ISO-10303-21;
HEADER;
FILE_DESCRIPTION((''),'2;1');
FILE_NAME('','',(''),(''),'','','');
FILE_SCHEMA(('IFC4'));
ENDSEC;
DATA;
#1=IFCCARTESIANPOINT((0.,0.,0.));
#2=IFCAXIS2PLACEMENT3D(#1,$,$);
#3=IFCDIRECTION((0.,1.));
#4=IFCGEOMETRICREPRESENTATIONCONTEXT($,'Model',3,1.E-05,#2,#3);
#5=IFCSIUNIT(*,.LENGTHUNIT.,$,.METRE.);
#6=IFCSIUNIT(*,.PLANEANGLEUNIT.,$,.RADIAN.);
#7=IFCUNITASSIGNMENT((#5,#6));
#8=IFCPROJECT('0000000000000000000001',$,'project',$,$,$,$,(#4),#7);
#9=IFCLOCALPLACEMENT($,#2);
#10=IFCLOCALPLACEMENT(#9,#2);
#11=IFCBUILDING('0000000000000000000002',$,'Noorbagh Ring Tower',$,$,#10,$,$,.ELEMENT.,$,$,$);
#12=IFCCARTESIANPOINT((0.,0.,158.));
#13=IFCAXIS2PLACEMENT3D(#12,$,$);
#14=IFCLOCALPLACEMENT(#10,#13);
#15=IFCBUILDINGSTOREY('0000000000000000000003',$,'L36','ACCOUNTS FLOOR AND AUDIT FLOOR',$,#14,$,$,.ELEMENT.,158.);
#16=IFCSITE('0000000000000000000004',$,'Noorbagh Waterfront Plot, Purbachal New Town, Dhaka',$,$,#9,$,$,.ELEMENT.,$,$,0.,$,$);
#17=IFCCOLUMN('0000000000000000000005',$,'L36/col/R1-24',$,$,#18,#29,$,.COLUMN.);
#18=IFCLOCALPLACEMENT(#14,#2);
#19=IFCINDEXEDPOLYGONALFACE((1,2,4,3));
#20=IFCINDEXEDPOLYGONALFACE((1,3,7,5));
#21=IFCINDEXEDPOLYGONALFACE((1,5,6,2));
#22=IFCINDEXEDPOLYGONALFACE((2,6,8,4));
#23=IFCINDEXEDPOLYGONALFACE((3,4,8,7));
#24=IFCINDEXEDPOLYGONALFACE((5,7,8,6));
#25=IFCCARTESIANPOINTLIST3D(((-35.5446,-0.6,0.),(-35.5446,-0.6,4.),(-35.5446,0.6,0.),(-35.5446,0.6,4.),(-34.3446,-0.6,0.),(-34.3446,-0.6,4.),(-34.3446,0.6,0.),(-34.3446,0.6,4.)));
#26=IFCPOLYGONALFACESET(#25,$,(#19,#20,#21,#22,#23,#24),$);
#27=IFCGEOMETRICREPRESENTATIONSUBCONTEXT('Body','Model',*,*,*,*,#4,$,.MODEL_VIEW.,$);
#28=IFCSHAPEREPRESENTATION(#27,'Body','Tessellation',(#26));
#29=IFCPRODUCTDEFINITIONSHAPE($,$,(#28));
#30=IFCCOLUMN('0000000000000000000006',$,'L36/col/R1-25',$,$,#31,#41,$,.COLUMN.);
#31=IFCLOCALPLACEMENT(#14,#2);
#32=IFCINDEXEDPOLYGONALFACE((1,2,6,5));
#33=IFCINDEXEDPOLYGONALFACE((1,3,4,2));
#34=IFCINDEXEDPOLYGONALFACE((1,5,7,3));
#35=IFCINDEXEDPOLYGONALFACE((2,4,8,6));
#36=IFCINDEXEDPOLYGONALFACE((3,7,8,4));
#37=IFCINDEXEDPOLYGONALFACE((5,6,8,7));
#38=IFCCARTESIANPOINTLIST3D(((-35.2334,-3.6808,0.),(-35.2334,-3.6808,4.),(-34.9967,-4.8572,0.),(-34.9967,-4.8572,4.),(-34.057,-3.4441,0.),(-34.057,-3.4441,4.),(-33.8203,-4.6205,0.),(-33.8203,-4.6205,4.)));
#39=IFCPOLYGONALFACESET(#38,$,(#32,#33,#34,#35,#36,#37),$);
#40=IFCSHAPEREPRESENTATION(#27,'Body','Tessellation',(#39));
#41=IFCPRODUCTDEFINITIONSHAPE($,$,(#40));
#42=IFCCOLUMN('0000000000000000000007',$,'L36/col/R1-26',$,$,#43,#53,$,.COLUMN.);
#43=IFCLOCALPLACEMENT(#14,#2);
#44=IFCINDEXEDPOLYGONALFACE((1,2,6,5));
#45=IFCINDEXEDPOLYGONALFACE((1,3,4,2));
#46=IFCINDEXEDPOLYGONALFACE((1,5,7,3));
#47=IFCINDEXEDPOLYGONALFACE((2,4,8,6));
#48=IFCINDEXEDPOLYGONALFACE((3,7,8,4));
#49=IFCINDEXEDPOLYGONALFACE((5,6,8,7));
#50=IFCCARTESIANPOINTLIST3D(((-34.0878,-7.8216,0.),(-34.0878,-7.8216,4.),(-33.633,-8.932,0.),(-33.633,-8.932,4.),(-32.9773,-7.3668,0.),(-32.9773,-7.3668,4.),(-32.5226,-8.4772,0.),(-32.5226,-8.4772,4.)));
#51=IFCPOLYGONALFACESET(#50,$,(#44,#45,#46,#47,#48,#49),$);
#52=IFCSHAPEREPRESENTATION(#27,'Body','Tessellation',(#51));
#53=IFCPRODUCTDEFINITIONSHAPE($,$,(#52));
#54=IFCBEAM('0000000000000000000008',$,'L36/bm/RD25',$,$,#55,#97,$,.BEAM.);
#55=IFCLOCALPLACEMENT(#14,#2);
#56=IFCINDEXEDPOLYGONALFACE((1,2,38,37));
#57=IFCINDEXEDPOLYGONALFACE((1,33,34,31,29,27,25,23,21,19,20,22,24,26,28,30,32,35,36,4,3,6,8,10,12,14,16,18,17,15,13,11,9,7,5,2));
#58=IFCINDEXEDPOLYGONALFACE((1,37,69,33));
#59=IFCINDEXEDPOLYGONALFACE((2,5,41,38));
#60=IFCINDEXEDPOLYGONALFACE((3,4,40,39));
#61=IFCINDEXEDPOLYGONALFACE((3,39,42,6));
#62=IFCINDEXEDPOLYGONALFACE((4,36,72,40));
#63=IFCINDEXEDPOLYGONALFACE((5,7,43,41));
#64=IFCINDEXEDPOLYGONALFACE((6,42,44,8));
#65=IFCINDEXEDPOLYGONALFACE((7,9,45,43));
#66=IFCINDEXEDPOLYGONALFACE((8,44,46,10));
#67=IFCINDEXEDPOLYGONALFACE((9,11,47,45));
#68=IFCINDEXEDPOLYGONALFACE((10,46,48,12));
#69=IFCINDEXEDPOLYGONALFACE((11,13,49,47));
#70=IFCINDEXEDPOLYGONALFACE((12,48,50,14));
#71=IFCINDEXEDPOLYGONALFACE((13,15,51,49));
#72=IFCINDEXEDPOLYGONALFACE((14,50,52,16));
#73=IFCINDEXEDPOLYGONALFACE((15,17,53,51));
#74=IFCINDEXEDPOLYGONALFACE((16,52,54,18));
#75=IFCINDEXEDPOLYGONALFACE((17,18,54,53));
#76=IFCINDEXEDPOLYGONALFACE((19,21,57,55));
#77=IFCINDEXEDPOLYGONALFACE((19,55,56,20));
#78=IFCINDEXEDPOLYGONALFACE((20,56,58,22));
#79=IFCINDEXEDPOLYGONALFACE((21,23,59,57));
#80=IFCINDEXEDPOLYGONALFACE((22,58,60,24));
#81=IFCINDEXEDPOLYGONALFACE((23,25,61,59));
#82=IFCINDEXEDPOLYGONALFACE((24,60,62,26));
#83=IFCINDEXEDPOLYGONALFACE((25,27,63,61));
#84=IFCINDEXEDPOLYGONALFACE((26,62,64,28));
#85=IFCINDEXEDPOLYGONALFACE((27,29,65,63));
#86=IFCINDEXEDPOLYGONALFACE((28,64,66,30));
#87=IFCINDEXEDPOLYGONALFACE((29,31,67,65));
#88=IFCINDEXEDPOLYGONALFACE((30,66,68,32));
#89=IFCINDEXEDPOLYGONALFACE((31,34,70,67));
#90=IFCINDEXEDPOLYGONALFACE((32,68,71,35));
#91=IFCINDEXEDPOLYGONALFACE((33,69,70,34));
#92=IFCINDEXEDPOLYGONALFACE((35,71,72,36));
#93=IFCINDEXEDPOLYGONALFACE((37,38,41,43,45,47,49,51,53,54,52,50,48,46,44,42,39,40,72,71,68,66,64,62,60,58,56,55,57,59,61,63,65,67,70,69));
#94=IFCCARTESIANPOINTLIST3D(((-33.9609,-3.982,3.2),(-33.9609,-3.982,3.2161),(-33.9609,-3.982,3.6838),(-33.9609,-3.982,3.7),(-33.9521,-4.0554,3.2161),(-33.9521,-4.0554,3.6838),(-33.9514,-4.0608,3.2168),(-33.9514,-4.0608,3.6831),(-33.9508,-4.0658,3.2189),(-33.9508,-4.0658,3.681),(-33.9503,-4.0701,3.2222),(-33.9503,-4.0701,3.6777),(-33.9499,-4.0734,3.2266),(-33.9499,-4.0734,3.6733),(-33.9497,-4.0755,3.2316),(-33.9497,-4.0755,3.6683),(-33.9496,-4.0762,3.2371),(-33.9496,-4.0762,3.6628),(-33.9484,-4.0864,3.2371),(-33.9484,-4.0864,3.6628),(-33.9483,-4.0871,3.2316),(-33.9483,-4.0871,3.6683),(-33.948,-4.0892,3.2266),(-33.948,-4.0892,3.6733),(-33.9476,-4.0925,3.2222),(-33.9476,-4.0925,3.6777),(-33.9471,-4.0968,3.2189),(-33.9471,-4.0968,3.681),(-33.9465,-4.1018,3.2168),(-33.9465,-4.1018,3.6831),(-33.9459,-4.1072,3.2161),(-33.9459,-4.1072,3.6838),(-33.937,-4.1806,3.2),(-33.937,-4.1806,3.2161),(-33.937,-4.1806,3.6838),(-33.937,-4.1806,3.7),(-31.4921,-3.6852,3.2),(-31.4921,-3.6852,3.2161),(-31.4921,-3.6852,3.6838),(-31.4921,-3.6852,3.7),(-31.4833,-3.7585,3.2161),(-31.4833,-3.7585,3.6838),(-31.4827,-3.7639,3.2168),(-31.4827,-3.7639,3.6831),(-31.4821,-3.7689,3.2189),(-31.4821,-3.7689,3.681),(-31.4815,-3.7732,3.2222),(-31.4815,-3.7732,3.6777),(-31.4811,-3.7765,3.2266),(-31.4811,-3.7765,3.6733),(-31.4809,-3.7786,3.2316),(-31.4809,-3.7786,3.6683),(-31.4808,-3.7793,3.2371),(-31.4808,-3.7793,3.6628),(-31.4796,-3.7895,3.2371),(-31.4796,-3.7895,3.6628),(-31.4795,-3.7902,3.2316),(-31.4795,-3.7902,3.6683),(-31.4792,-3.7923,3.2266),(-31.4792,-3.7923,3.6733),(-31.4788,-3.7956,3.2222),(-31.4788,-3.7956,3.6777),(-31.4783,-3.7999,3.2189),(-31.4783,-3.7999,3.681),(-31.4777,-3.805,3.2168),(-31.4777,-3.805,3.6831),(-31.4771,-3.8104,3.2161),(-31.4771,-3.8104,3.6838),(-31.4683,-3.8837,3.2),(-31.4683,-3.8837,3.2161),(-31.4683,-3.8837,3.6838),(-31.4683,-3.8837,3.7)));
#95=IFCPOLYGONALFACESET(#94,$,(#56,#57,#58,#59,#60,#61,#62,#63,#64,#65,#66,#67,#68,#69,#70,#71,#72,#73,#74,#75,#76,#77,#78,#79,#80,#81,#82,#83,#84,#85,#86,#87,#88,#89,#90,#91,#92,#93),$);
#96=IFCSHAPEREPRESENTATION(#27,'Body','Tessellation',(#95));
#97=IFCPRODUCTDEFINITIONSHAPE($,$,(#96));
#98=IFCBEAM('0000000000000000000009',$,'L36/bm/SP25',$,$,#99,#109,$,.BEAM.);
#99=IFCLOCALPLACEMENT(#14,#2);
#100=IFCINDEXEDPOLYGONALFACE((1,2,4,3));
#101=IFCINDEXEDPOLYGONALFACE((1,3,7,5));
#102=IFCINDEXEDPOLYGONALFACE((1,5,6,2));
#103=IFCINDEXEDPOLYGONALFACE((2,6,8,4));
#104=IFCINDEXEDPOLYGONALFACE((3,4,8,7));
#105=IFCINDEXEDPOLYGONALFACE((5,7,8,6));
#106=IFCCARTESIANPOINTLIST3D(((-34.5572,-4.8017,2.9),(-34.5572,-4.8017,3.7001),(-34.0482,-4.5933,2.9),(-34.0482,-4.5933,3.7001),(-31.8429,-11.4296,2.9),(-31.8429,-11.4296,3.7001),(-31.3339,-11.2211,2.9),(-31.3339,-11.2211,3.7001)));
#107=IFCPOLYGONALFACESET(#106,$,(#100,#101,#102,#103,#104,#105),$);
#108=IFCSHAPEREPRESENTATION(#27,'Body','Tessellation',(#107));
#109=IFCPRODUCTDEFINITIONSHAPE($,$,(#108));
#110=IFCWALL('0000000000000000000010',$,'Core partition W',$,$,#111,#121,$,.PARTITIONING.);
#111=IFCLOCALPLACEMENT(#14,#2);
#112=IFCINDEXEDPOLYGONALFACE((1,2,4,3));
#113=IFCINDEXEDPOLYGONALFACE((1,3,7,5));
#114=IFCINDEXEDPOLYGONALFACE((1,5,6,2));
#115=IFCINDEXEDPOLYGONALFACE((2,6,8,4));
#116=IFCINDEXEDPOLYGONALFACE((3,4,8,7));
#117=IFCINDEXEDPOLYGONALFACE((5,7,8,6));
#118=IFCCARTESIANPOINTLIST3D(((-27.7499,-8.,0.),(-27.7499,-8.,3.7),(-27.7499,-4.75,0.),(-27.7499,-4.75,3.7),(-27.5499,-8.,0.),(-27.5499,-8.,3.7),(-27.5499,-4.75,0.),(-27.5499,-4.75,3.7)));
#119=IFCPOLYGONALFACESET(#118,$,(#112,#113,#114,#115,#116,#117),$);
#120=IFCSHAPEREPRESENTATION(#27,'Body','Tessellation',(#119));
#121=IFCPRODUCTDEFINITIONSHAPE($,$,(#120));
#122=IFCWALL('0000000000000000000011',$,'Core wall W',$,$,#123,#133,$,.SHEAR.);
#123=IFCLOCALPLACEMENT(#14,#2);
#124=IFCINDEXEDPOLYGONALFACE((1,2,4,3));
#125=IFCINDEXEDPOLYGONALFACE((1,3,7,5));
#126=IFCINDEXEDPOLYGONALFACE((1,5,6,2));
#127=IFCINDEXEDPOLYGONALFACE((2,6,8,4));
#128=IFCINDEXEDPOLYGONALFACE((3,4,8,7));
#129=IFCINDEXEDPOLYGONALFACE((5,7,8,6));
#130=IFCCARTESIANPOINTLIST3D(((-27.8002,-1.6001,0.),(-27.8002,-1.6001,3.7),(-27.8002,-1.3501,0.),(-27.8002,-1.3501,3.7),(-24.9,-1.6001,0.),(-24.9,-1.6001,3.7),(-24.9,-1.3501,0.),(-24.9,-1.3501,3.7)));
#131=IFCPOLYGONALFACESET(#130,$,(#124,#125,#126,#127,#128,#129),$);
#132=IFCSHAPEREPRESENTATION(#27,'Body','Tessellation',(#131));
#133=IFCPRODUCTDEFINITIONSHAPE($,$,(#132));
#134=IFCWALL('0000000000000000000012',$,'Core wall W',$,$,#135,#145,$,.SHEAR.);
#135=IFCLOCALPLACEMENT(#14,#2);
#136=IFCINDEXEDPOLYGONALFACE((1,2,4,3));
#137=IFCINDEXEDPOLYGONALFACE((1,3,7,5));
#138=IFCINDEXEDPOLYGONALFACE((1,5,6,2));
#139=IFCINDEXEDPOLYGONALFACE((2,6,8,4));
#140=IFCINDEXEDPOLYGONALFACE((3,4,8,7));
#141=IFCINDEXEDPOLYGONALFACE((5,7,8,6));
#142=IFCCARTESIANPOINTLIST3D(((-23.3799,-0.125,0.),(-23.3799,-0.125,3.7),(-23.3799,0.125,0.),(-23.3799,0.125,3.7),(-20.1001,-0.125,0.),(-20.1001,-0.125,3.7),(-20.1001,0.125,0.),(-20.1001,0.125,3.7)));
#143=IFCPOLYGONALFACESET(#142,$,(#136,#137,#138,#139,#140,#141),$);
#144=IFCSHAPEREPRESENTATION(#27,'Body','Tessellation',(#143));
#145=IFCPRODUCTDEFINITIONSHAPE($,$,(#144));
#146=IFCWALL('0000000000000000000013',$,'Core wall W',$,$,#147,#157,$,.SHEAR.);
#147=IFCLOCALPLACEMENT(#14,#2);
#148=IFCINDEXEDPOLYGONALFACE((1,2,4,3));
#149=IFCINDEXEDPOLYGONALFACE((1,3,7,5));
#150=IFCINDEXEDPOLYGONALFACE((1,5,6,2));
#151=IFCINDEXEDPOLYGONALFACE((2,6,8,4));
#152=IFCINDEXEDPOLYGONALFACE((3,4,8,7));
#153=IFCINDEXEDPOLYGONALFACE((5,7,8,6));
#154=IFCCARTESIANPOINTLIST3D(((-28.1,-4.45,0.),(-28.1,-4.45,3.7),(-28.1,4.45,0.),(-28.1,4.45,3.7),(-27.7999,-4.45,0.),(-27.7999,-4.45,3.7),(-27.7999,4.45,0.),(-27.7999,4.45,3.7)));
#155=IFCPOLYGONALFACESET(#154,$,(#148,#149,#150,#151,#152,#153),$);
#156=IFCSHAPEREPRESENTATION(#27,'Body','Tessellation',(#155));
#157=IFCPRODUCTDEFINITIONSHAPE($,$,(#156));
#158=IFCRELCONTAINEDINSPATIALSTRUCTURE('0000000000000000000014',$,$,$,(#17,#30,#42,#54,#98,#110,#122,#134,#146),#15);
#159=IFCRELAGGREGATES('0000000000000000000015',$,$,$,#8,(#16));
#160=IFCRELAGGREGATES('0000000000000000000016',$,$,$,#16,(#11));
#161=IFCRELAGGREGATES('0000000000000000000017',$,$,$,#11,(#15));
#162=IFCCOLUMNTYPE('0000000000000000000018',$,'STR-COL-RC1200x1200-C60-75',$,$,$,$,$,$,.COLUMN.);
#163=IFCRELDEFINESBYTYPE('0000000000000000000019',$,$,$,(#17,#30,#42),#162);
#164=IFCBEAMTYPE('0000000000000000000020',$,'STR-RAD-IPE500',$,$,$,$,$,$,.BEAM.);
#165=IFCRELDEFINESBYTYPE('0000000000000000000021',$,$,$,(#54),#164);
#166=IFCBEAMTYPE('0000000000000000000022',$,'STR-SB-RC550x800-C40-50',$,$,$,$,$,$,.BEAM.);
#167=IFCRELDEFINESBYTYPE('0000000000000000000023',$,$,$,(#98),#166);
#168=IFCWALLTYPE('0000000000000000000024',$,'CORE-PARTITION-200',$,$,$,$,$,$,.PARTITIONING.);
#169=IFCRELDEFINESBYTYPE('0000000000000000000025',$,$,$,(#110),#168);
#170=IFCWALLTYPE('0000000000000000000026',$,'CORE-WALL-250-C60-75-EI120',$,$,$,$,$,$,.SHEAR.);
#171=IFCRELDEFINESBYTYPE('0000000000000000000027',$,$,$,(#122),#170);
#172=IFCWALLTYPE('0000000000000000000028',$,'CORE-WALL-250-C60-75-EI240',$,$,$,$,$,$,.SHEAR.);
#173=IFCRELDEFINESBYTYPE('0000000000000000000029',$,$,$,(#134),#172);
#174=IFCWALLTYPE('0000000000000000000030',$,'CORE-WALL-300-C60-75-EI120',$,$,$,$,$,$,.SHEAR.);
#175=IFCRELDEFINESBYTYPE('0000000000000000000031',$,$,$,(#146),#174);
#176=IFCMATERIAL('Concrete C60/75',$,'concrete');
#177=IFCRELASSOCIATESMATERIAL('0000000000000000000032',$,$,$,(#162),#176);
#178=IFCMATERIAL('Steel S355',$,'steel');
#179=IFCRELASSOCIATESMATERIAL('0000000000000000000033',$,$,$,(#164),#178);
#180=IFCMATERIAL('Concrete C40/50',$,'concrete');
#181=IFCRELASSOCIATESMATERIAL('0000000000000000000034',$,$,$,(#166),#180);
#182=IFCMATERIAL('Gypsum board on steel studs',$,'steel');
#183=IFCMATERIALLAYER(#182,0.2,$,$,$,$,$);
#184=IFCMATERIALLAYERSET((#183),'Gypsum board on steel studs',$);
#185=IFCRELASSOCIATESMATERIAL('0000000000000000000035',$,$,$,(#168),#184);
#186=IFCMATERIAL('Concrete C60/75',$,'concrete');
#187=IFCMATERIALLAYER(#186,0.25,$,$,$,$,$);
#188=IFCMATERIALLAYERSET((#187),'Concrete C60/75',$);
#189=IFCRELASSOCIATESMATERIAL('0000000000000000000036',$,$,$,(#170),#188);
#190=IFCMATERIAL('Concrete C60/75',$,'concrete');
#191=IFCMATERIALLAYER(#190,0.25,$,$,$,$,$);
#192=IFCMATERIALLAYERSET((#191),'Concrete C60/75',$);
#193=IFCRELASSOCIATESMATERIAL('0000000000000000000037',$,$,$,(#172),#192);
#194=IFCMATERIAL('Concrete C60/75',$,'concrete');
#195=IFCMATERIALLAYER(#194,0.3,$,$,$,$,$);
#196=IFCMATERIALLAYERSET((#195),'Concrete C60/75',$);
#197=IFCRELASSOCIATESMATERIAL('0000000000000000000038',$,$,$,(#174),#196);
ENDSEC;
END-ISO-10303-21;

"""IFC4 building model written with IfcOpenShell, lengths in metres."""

from ifc_helpers import new_model, si_unit, direction, frame, frame_2d, origin, origin_2d, place, context, subcontext, project, spatial, rectangle, i_section, extrude, material, layer, layer_set, material_profile, profile_set, type_object, element, save


model = new_model("IFC4")

# Units and contexts
model_context = context("Model", 3, precision=1e-05, world=origin(), true_north=direction((0.0, 1.0)))
body_context = subcontext(model_context, "Body", "Model", "MODEL_VIEW")
ifc_project = project(units=[si_unit("LENGTHUNIT", "METRE"), si_unit("PLANEANGLEUNIT", "RADIAN")], contexts=[model_context])

# Site, building, storey
site_placement = place(None, origin())
site = spatial("IfcSite", under=ifc_project, at=site_placement, Name="Noorbagh Waterfront Plot, Purbachal New Town, Dhaka", CompositionType="ELEMENT", RefElevation=0.0)
building_placement = place(site_placement, origin())
building = spatial("IfcBuilding", under=site, at=building_placement, Name="Noorbagh Ring Tower", CompositionType="ELEMENT")
storey_placement = place(building_placement, frame((0.0, 0.0, 158.0)))
storey = spatial("IfcBuildingStorey", under=building, at=storey_placement, Name="L36", Description="ACCOUNTS FLOOR AND AUDIT FLOOR", CompositionType="ELEMENT", Elevation=158.0)

# Columns
ifc_material_1 = material(Name="Concrete C60/75", Category="concrete")
ifc_material_profile_1 = material_profile(ifc_material_1, rectangle(XDim=1.2, YDim=1.2, at=origin_2d()), Name="RC1200x1200")
ifc_profile_set_1 = profile_set([ifc_material_profile_1], Name="Concrete C60/75")
column_type = type_object("IfcColumnType", Name="STR-COL-RC1200x1200-C60-75", PredefinedType="COLUMN", material=ifc_profile_set_1)
for number, where, z_axis, x_axis, name in (
    (1, (-34.9446, 0.0, 0.0), (0.0, 0.0, 1.0), (0.0, -1.0, 0.0), "L36/col/R1-24"),
    (2, (-34.5269, -4.1506, 0.0), (0.0, 0.0, 1.0), (0.19723, -0.980357, 0.0), "L36/col/R1-25"),
    (3, (-33.3052, -8.1494, 0.0), (0.0, 0.0, 1.0), (0.378989, -0.925401, 0.0), "L36/col/R1-26"),
):
    element("IfcColumn", number, at=place(storey_placement, frame(where, z_axis=z_axis, x_axis=x_axis)), inside=storey, type_object=column_type, Name=name, PredefinedType="COLUMN", context=body_context, shape_type="SweptSolid", body=[
        extrude(rectangle(XDim=1.2, YDim=1.2, at=origin_2d()), origin(), (0.0, 0.0, 1.0), 4.0),
    ])

# Beams
ifc_material_2 = material(Name="Steel S355", Category="steel")
ifc_material_profile_2 = material_profile(ifc_material_2, i_section(OverallWidth=0.2, OverallDepth=0.5, WebThickness=0.0103, FlangeThickness=0.0161, FilletRadius=0.021, at=origin_2d()), Name="IPE500")
ifc_profile_set_2 = profile_set([ifc_material_profile_2], Name="Steel S355")
beam_type_1 = type_object("IfcBeamType", Name="STR-RAD-IPE500", PredefinedType="BEAM", material=ifc_profile_set_2)
beam_1_placement = place(storey_placement, frame((-33.949, -4.0813, 3.45), z_axis=(0.992847, 0.119393, 0.0), x_axis=(-0.119393, 0.992847, 0.0)))
element("IfcBeam", 4, at=beam_1_placement, inside=storey, type_object=beam_type_1, Name="L36/bm/RD25", PredefinedType="BEAM", context=body_context, shape_type="SweptSolid", body=[
    extrude(i_section(OverallWidth=0.2, OverallDepth=0.5, WebThickness=0.0103, FlangeThickness=0.0161, FilletRadius=0.021, at=origin_2d()), origin(), (0.0, 0.0, 1.0), 2.4866),
])
ifc_material_3 = material(Name="Concrete C40/50", Category="concrete")
ifc_material_profile_3 = material_profile(ifc_material_3, rectangle(XDim=0.55, YDim=0.8, at=origin_2d()), Name="RC550x800")
ifc_profile_set_3 = profile_set([ifc_material_profile_3], Name="Concrete C40/50")
beam_type_2 = type_object("IfcBeamType", Name="STR-SB-RC550x800-C40-50", PredefinedType="BEAM", material=ifc_profile_set_3)
beam_2_placement = place(storey_placement, frame((-34.3027, -4.6975, 3.3), z_axis=(0.378983, -0.925404, 0.0), x_axis=(0.925404, 0.378983, 0.0)))
element("IfcBeam", 5, at=beam_2_placement, inside=storey, type_object=beam_type_2, Name="L36/bm/SP25", PredefinedType="BEAM", context=body_context, shape_type="SweptSolid", body=[
    extrude(rectangle(XDim=0.55, YDim=0.8, at=origin_2d()), origin(), (0.0, 0.0, 1.0), 7.1621),
])

# Walls
ifc_material_4 = material(Name="Gypsum board on steel studs", Category="steel")
ifc_layer_1 = layer(ifc_material_4, 0.2)
ifc_layer_set_1 = layer_set([ifc_layer_1], Name="Gypsum board on steel studs")
wall_type_1 = type_object("IfcWallType", Name="CORE-PARTITION-200", PredefinedType="PARTITIONING", material=ifc_layer_set_1)
wall_1_placement = place(storey_placement, frame((-27.6499, -8.0, 0.0), z_axis=(0.0, 0.0, 1.0), x_axis=(0.0, 1.0, 0.0)))
element("IfcWall", 6, at=wall_1_placement, inside=storey, type_object=wall_type_1, Name="Core partition W", PredefinedType="PARTITIONING", context=body_context, shape_type="SweptSolid", body=[
    extrude(rectangle(XDim=3.25, YDim=0.2, at=frame_2d((1.625, 0.0))), origin(), (0.0, 0.0, 1.0), 3.7),
])
ifc_material_5 = material(Name="Concrete C60/75", Category="concrete")
ifc_layer_2 = layer(ifc_material_5, 0.25)
ifc_layer_set_2 = layer_set([ifc_layer_2], Name="Concrete C60/75")
wall_type_2 = type_object("IfcWallType", Name="CORE-WALL-250-C60-75-EI120", PredefinedType="SHEAR", material=ifc_layer_set_2)
wall_2_placement = place(storey_placement, frame((-24.8999, -1.4751, 0.0), z_axis=(0.0, 0.0, 1.0), x_axis=(-1.0, 0.0, 0.0)))
element("IfcWall", 7, at=wall_2_placement, inside=storey, type_object=wall_type_2, Name="Core wall W", PredefinedType="SHEAR", context=body_context, shape_type="SweptSolid", body=[
    extrude(rectangle(XDim=2.9001, YDim=0.25, at=frame_2d((1.4502, 0.0))), origin(), (0.0, 0.0, 1.0), 3.7),
])
ifc_material_6 = material(Name="Concrete C60/75", Category="concrete")
ifc_layer_3 = layer(ifc_material_6, 0.25)
ifc_layer_set_3 = layer_set([ifc_layer_3], Name="Concrete C60/75")
wall_type_3 = type_object("IfcWallType", Name="CORE-WALL-250-C60-75-EI240", PredefinedType="SHEAR", material=ifc_layer_set_3)
wall_3_placement = place(storey_placement, frame((-20.1001, 0.0, 0.0), z_axis=(0.0, 0.0, 1.0), x_axis=(-1.0, 0.0, 0.0)))
element("IfcWall", 8, at=wall_3_placement, inside=storey, type_object=wall_type_3, Name="Core wall W", PredefinedType="SHEAR", context=body_context, shape_type="SweptSolid", body=[
    extrude(rectangle(XDim=3.2798, YDim=0.25, at=frame_2d((1.6399, 0.0))), origin(), (0.0, 0.0, 1.0), 3.7),
])
ifc_material_7 = material(Name="Concrete C60/75", Category="concrete")
ifc_layer_4 = layer(ifc_material_7, 0.3)
ifc_layer_set_4 = layer_set([ifc_layer_4], Name="Concrete C60/75")
wall_type_4 = type_object("IfcWallType", Name="CORE-WALL-300-C60-75-EI120", PredefinedType="SHEAR", material=ifc_layer_set_4)
wall_4_placement = place(storey_placement, frame((-27.95, -4.45, 0.0), z_axis=(0.0, 0.0, 1.0), x_axis=(0.0, 1.0, 0.0)))
element("IfcWall", 9, at=wall_4_placement, inside=storey, type_object=wall_type_4, Name="Core wall W", PredefinedType="SHEAR", context=body_context, shape_type="SweptSolid", body=[
    extrude(rectangle(XDim=8.8999, YDim=0.3, at=frame_2d((4.45, 0.0))), origin(), (0.0, 0.0, 1.0), 3.7),
])

save(model, "model.ifc")
